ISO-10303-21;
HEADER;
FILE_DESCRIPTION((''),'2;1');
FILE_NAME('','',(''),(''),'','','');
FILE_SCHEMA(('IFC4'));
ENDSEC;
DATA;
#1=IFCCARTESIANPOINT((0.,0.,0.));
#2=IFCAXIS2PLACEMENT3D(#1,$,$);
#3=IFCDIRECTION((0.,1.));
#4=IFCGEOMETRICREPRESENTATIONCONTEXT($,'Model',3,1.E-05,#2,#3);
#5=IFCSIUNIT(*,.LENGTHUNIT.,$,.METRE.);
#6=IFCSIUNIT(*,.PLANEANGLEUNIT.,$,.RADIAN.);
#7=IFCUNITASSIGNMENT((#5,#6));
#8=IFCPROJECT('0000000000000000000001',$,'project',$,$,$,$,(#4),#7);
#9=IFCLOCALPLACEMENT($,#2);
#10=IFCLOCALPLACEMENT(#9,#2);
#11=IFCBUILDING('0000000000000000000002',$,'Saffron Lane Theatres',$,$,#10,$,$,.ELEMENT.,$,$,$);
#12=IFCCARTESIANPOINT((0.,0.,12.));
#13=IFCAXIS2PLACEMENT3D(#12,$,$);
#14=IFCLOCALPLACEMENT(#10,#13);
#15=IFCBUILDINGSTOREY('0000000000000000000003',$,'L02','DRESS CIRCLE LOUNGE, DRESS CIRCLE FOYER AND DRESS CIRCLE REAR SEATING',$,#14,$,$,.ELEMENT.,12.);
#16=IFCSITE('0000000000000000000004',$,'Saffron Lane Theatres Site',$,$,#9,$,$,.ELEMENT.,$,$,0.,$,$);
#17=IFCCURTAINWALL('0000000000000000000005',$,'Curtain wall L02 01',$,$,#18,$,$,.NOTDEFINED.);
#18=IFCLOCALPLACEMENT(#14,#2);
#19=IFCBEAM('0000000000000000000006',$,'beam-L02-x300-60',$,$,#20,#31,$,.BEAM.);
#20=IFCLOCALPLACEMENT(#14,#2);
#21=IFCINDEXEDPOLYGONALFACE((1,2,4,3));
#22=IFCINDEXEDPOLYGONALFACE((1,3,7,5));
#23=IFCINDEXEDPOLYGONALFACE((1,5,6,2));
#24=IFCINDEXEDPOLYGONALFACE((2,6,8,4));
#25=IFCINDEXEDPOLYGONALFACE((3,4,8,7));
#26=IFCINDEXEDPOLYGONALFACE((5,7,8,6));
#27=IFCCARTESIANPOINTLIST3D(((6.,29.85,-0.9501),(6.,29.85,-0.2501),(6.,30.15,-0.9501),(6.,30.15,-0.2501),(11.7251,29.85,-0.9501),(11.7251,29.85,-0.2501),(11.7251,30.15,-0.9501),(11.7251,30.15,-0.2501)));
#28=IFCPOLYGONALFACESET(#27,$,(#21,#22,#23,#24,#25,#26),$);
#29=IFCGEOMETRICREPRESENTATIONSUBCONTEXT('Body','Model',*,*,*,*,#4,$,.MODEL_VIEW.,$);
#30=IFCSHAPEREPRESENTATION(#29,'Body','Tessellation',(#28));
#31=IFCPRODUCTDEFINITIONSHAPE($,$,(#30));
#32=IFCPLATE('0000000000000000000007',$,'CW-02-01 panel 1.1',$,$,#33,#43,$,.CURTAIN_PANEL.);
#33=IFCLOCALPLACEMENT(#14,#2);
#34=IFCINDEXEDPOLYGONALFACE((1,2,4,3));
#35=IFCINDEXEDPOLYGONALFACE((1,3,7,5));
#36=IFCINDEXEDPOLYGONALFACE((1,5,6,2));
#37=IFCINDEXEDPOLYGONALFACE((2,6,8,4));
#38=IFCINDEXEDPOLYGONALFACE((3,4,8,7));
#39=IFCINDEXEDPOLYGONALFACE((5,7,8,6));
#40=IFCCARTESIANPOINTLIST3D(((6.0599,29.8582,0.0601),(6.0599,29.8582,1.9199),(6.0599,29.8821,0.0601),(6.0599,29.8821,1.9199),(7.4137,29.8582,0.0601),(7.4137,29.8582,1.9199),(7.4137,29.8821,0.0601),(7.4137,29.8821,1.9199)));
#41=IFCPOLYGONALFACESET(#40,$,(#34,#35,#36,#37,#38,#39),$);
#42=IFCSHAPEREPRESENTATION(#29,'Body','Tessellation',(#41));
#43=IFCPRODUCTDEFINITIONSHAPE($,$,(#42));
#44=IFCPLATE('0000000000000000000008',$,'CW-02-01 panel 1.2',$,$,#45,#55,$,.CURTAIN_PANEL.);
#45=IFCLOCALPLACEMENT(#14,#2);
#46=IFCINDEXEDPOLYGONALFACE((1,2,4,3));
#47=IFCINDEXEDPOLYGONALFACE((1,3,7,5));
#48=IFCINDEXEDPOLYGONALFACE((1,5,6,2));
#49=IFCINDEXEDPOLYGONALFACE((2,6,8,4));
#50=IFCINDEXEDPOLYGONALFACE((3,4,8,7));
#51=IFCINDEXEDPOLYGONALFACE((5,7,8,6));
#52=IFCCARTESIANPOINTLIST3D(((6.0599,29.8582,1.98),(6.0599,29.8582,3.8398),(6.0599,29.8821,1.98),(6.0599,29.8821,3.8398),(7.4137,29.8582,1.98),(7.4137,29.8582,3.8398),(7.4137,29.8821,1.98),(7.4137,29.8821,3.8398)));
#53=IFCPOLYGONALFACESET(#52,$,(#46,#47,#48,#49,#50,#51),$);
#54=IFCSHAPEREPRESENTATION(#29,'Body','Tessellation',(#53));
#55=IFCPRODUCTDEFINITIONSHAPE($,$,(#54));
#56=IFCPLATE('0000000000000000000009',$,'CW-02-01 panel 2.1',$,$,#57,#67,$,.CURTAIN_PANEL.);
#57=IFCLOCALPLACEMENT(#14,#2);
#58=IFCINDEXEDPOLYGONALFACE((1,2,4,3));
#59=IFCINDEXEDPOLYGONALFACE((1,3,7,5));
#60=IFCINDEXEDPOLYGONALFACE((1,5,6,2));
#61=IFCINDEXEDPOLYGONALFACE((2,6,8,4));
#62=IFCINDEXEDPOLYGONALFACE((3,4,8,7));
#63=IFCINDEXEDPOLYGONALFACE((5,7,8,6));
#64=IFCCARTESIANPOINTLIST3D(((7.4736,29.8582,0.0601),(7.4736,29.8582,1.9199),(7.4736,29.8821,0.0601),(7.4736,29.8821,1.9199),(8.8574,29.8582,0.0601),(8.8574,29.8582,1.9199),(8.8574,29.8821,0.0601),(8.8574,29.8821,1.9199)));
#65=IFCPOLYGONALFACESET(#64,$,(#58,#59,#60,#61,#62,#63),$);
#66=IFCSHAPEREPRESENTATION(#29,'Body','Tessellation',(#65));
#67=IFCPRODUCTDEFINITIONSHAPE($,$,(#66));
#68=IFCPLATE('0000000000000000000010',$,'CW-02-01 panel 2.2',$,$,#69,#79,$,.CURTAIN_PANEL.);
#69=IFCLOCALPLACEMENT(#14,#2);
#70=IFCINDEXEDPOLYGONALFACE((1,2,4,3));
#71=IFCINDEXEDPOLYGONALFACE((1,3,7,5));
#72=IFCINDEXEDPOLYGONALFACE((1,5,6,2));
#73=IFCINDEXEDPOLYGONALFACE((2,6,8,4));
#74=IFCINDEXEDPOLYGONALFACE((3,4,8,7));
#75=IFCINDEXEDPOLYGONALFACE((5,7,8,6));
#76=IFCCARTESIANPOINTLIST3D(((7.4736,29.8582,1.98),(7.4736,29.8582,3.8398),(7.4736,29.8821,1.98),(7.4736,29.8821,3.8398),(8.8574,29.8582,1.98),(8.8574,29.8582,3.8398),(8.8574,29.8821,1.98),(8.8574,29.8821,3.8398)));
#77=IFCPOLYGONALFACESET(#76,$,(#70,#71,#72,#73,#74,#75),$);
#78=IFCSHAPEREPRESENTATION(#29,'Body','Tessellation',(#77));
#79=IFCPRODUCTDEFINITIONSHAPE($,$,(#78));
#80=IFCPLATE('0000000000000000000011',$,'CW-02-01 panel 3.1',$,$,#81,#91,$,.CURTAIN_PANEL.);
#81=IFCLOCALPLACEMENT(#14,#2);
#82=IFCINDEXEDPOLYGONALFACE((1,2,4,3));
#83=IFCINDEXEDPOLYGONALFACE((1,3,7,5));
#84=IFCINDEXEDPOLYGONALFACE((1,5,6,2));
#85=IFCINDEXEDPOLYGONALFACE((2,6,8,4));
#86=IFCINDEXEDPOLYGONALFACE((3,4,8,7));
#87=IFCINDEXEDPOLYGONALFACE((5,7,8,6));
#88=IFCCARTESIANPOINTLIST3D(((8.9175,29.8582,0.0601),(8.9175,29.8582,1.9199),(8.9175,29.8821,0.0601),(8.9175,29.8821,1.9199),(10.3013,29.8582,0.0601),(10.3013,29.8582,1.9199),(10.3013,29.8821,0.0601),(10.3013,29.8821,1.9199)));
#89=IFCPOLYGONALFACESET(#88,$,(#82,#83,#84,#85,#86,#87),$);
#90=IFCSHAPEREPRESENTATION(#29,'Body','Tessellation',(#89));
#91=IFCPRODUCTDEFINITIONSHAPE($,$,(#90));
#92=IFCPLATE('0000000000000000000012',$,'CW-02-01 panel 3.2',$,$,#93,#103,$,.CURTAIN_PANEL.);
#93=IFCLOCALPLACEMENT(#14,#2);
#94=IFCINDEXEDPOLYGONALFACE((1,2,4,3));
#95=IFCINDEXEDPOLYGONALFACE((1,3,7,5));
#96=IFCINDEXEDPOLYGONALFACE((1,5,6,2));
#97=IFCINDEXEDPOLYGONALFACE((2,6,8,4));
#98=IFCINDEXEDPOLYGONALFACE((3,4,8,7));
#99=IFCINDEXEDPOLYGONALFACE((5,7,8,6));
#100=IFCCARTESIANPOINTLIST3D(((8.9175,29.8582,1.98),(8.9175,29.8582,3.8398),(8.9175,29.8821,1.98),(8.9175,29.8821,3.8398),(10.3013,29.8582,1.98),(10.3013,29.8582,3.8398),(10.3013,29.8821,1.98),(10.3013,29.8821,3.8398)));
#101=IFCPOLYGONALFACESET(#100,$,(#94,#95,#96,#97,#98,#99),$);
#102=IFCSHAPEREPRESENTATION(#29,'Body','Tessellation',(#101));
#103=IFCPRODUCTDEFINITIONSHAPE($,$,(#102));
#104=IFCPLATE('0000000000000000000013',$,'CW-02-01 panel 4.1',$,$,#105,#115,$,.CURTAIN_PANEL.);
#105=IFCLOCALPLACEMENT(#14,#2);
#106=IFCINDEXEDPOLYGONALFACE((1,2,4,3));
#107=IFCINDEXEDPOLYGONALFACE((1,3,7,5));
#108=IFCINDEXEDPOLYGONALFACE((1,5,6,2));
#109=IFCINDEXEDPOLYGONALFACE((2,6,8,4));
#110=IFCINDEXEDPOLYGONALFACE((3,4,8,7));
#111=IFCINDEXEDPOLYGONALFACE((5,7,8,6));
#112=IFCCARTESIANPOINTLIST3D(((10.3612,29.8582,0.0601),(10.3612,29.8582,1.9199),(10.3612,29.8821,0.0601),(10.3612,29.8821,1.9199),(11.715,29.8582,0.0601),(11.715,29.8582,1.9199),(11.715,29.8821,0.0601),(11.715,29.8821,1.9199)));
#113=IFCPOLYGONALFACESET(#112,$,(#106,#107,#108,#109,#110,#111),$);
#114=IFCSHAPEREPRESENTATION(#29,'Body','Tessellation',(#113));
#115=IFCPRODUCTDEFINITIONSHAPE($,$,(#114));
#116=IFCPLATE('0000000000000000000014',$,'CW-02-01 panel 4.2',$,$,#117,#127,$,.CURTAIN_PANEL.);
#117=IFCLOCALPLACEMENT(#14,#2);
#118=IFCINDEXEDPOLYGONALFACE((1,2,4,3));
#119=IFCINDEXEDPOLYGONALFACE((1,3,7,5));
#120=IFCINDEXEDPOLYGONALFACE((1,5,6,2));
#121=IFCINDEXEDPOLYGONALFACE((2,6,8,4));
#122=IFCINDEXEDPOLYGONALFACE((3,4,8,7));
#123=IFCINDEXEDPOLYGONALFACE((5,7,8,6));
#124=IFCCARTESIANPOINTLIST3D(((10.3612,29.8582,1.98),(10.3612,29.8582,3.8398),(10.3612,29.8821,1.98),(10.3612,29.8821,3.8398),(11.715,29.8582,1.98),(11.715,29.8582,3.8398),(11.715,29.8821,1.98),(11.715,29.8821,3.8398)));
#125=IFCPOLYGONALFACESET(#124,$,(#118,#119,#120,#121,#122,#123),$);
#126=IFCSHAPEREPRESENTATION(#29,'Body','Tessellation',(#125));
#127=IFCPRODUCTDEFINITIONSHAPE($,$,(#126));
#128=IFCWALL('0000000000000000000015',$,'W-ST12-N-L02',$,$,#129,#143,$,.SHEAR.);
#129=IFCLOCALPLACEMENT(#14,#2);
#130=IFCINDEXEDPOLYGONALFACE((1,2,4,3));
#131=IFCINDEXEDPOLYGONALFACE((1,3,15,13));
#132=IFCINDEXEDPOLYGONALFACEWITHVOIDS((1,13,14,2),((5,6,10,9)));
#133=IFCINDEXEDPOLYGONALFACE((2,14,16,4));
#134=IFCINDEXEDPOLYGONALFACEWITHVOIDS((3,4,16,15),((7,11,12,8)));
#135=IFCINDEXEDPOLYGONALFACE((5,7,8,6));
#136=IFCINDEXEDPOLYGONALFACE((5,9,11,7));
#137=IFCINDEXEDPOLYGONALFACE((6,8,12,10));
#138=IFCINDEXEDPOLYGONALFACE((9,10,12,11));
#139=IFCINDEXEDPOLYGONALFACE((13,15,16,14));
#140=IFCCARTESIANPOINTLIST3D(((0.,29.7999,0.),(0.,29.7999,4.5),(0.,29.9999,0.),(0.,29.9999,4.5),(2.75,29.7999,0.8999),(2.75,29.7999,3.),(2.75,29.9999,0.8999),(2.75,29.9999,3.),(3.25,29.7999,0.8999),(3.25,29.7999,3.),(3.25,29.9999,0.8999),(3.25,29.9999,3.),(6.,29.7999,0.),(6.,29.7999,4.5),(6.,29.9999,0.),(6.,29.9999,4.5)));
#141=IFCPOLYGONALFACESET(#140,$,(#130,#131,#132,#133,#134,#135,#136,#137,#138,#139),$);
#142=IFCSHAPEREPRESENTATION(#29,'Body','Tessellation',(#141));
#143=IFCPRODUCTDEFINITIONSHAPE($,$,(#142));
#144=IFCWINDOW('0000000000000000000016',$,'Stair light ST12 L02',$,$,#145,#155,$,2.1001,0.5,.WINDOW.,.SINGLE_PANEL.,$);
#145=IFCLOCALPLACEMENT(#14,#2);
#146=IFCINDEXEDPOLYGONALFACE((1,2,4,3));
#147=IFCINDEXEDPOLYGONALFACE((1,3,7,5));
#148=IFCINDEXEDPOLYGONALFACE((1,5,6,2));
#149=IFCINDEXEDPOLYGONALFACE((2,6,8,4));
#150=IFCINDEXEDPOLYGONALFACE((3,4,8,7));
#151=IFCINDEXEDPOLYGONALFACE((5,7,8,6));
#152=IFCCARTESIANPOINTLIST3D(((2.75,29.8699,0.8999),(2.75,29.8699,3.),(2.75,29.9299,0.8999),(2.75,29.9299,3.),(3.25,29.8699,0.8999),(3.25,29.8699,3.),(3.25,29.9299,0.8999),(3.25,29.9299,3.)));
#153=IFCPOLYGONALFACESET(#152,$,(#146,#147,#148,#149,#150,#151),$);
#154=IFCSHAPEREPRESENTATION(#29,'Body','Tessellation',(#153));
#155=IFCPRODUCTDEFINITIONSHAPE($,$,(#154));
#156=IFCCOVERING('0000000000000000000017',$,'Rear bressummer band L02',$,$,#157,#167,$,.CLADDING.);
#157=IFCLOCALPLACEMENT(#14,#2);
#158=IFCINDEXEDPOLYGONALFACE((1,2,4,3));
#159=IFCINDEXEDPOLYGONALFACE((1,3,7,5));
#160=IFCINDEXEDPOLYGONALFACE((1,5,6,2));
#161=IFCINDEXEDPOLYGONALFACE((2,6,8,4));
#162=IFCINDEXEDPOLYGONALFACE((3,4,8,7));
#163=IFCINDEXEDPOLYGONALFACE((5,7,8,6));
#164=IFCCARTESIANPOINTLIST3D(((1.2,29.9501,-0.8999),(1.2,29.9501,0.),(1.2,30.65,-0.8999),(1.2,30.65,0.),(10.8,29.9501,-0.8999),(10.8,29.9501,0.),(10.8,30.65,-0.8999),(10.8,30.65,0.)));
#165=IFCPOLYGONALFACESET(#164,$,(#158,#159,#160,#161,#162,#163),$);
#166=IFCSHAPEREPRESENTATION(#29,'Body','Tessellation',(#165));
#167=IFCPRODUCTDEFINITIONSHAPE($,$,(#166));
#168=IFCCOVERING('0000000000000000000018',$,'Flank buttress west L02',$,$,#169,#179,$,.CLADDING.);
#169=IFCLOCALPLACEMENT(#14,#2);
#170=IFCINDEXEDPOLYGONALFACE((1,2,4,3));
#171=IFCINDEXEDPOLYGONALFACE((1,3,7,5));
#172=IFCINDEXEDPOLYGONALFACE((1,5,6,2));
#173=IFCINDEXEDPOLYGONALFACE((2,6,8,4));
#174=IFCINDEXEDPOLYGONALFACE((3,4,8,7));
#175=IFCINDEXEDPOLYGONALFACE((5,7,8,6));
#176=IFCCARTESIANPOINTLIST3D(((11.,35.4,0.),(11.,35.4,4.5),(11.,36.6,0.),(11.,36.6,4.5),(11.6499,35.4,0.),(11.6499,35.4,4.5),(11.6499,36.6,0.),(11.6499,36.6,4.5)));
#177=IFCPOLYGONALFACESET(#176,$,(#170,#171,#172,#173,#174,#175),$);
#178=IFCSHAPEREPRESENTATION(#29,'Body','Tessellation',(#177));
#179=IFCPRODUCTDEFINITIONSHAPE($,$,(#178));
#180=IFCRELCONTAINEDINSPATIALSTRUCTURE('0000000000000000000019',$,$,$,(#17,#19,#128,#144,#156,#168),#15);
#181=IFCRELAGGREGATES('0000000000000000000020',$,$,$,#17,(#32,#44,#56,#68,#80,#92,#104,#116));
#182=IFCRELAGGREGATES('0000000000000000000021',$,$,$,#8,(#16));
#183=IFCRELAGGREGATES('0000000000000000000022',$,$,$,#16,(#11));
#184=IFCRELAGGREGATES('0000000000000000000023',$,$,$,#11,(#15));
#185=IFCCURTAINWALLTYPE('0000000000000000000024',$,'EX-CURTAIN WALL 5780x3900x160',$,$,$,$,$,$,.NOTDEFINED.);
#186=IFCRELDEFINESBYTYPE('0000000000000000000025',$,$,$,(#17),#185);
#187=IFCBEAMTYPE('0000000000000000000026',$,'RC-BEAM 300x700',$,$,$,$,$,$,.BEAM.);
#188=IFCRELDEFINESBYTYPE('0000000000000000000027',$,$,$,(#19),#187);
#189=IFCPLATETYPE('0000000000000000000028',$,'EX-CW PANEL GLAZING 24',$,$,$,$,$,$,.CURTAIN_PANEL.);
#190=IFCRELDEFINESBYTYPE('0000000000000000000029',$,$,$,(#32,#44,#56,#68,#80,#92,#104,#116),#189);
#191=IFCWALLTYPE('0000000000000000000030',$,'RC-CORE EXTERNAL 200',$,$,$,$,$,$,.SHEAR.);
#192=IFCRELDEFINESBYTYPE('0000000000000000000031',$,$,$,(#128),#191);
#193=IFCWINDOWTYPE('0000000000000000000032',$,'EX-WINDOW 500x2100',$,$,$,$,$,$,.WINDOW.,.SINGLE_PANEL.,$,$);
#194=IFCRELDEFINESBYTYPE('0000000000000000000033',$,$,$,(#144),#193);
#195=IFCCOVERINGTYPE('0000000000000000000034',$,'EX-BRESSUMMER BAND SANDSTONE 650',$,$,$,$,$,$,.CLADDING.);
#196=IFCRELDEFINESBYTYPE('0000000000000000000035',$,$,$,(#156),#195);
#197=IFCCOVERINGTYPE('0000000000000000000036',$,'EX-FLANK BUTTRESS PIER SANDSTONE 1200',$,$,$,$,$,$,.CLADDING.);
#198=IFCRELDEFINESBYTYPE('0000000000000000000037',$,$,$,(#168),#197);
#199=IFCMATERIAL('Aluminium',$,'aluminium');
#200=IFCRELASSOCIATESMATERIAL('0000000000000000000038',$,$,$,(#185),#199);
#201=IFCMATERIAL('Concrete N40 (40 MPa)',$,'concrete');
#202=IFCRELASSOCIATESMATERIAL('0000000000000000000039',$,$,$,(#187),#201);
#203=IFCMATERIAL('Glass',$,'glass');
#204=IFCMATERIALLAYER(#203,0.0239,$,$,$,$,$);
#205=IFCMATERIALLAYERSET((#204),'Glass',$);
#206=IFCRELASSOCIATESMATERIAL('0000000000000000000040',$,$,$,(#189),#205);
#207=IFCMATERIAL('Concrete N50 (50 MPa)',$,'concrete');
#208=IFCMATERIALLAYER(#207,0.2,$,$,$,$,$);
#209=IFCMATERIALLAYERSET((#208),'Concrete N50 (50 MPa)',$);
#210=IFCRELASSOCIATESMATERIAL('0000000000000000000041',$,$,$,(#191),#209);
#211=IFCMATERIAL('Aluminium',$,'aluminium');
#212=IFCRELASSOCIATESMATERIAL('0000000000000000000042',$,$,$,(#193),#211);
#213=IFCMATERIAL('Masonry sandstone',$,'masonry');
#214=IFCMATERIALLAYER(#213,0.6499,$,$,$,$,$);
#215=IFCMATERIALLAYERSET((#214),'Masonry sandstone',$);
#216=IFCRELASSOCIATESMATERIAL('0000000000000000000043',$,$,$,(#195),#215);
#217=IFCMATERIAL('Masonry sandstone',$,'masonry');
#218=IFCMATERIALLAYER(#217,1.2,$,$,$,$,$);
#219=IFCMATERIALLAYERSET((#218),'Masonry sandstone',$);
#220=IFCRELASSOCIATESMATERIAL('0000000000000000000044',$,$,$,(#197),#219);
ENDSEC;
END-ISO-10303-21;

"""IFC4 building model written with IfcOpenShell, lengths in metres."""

from ifc_helpers import new_model, si_unit, direction, frame, frame_2d, origin, origin_2d, place, context, subcontext, project, spatial, rectangle, extrude, material, layer, layer_set, material_profile, profile_set, type_object, element, fill, aggregate, save


model = new_model("IFC4")

# Units and contexts
model_context = context("Model", 3, precision=1e-05, world=origin(), true_north=direction((0.0, 1.0)))
body_context = subcontext(model_context, "Body", "Model", "MODEL_VIEW")
ifc_project = project(units=[si_unit("LENGTHUNIT", "METRE"), si_unit("PLANEANGLEUNIT", "RADIAN")], contexts=[model_context])

# Site, building, storey
site_placement = place(None, origin())
site = spatial("IfcSite", under=ifc_project, at=site_placement, Name="Saffron Lane Theatres Site", CompositionType="ELEMENT", RefElevation=0.0)
building_placement = place(site_placement, origin())
building = spatial("IfcBuilding", under=site, at=building_placement, Name="Saffron Lane Theatres", CompositionType="ELEMENT")
storey_placement = place(building_placement, frame((0.0, 0.0, 12.0)))
storey = spatial("IfcBuildingStorey", under=building, at=storey_placement, Name="L02", Description="DRESS CIRCLE LOUNGE, DRESS CIRCLE FOYER AND DRESS CIRCLE REAR SEATING", CompositionType="ELEMENT", Elevation=12.0)

# Curtain wall
ifc_material_1 = material(Name="Aluminium", Category="aluminium")
curtain_wall_type = type_object("IfcCurtainWallType", Name="EX-CURTAIN WALL 5780x3900x160", PredefinedType="NOTDEFINED", material=ifc_material_1)
curtain_wall_placement = place(storey_placement, origin())
curtain_wall = element("IfcCurtainWall", 1, at=curtain_wall_placement, inside=storey, type_object=curtain_wall_type, Name="Curtain wall L02 01", PredefinedType="NOTDEFINED")

# Beam
ifc_material_2 = material(Name="Concrete N40 (40 MPa)", Category="concrete")
ifc_material_profile_1 = material_profile(ifc_material_2, rectangle(XDim=0.3, YDim=0.7, at=origin_2d()))
ifc_profile_set_1 = profile_set([ifc_material_profile_1], Name="Concrete N40 (40 MPa)")
beam_type = type_object("IfcBeamType", Name="RC-BEAM 300x700", PredefinedType="BEAM", material=ifc_profile_set_1)
beam_placement = place(storey_placement, frame((6.0, 30.0, -0.6001), z_axis=(1.0, 0.0, 0.0), x_axis=(0.0, 1.0, 0.0)))
element("IfcBeam", 2, at=beam_placement, inside=storey, type_object=beam_type, Name="beam-L02-x300-60", PredefinedType="BEAM", context=body_context, shape_type="SweptSolid", body=[
    extrude(rectangle(XDim=0.3, YDim=0.7, at=origin_2d()), origin(), (0.0, 0.0, 1.0), 5.7251),
])

# Plates
ifc_material_3 = material(Name="Glass", Category="glass")
ifc_layer_1 = layer(ifc_material_3, 0.0239)
ifc_layer_set_1 = layer_set([ifc_layer_1], Name="Glass")
plate_type = type_object("IfcPlateType", Name="EX-CW PANEL GLAZING 24", PredefinedType="CURTAIN_PANEL", material=ifc_layer_set_1)
plate_1_placement = place(storey_placement, frame((6.7368, 29.8701, 0.0601), z_axis=(0.0, 0.0, 1.0), x_axis=(1.0, 0.0, 0.0)))
plate_1 = element("IfcPlate", 3, at=plate_1_placement, type_object=plate_type, Name="CW-02-01 panel 1.1", PredefinedType="CURTAIN_PANEL", context=body_context, shape_type="SweptSolid", body=[
    extrude(rectangle(XDim=1.3538, YDim=0.0239, at=origin_2d()), origin(), (0.0, 0.0, 1.0), 1.8599),
])
plate_2_placement = place(storey_placement, frame((6.7368, 29.8701, 1.98), z_axis=(0.0, 0.0, 1.0), x_axis=(1.0, 0.0, 0.0)))
plate_2 = element("IfcPlate", 4, at=plate_2_placement, type_object=plate_type, Name="CW-02-01 panel 1.2", PredefinedType="CURTAIN_PANEL", context=body_context, shape_type="SweptSolid", body=[
    extrude(rectangle(XDim=1.3538, YDim=0.0239, at=origin_2d()), origin(), (0.0, 0.0, 1.0), 1.8599),
])
plate_3_placement = place(storey_placement, frame((8.1655, 29.8701, 0.0601), z_axis=(0.0, 0.0, 1.0), x_axis=(1.0, 0.0, 0.0)))
plate_3 = element("IfcPlate", 5, at=plate_3_placement, type_object=plate_type, Name="CW-02-01 panel 2.1", PredefinedType="CURTAIN_PANEL", context=body_context, shape_type="SweptSolid", body=[
    extrude(rectangle(XDim=1.3838, YDim=0.0239, at=origin_2d()), origin(), (0.0, 0.0, 1.0), 1.8599),
])
plate_4_placement = place(storey_placement, frame((8.1655, 29.8701, 1.98), z_axis=(0.0, 0.0, 1.0), x_axis=(1.0, 0.0, 0.0)))
plate_4 = element("IfcPlate", 6, at=plate_4_placement, type_object=plate_type, Name="CW-02-01 panel 2.2", PredefinedType="CURTAIN_PANEL", context=body_context, shape_type="SweptSolid", body=[
    extrude(rectangle(XDim=1.3838, YDim=0.0239, at=origin_2d()), origin(), (0.0, 0.0, 1.0), 1.8599),
])
plate_5_placement = place(storey_placement, frame((9.6094, 29.8701, 0.0601), z_axis=(0.0, 0.0, 1.0), x_axis=(1.0, 0.0, 0.0)))
plate_5 = element("IfcPlate", 7, at=plate_5_placement, type_object=plate_type, Name="CW-02-01 panel 3.1", PredefinedType="CURTAIN_PANEL", context=body_context, shape_type="SweptSolid", body=[
    extrude(rectangle(XDim=1.3838, YDim=0.0239, at=origin_2d()), origin(), (0.0, 0.0, 1.0), 1.8599),
])
plate_6_placement = place(storey_placement, frame((9.6094, 29.8701, 1.98), z_axis=(0.0, 0.0, 1.0), x_axis=(1.0, 0.0, 0.0)))
plate_6 = element("IfcPlate", 8, at=plate_6_placement, type_object=plate_type, Name="CW-02-01 panel 3.2", PredefinedType="CURTAIN_PANEL", context=body_context, shape_type="SweptSolid", body=[
    extrude(rectangle(XDim=1.3838, YDim=0.0239, at=origin_2d()), origin(), (0.0, 0.0, 1.0), 1.8599),
])
plate_7_placement = place(storey_placement, frame((11.0381, 29.8701, 0.0601), z_axis=(0.0, 0.0, 1.0), x_axis=(1.0, 0.0, 0.0)))
plate_7 = element("IfcPlate", 9, at=plate_7_placement, type_object=plate_type, Name="CW-02-01 panel 4.1", PredefinedType="CURTAIN_PANEL", context=body_context, shape_type="SweptSolid", body=[
    extrude(rectangle(XDim=1.3538, YDim=0.0239, at=origin_2d()), origin(), (0.0, 0.0, 1.0), 1.8599),
])
plate_8_placement = place(storey_placement, frame((11.0381, 29.8701, 1.98), z_axis=(0.0, 0.0, 1.0), x_axis=(1.0, 0.0, 0.0)))
plate_8 = element("IfcPlate", 10, at=plate_8_placement, type_object=plate_type, Name="CW-02-01 panel 4.2", PredefinedType="CURTAIN_PANEL", context=body_context, shape_type="SweptSolid", body=[
    extrude(rectangle(XDim=1.3538, YDim=0.0239, at=origin_2d()), origin(), (0.0, 0.0, 1.0), 1.8599),
])
aggregate(curtain_wall, [plate_1, plate_2, plate_3, plate_4, plate_5, plate_6, plate_7, plate_8])

# Wall, opening, window
ifc_material_4 = material(Name="Concrete N50 (50 MPa)", Category="concrete")
ifc_layer_2 = layer(ifc_material_4, 0.2)
ifc_layer_set_2 = layer_set([ifc_layer_2], Name="Concrete N50 (50 MPa)")
wall_type = type_object("IfcWallType", Name="RC-CORE EXTERNAL 200", PredefinedType="SHEAR", material=ifc_layer_set_2)
wall_placement = place(storey_placement, frame((0.0, 29.8999, 0.0), z_axis=(0.0, 0.0, 1.0), x_axis=(1.0, 0.0, 0.0)))
wall = element("IfcWall", 11, at=wall_placement, inside=storey, type_object=wall_type, Name="W-ST12-N-L02", PredefinedType="SHEAR", context=body_context, shape_type="SweptSolid", body=[
    extrude(rectangle(XDim=6.0, YDim=0.2, at=frame_2d((3.0, 0.0))), origin(), (0.0, 0.0, 1.0), 4.5),
])
opening_placement = place(wall_placement, frame((2.75, 0.0, 0.8999)))
opening = element("IfcOpeningElement", 12, at=opening_placement, cuts=wall, PredefinedType="OPENING", context=body_context, shape_type="SweptSolid", body=[
    extrude(rectangle(XDim=0.5, YDim=2.1001, at=frame_2d((0.25, 1.05))), frame((0.0, 0.1099, 0.0), z_axis=(0.0, -1.0, 0.0), x_axis=(1.0, 0.0, 0.0)), (0.0, 0.0, 1.0), 0.22),
])
ifc_material_5 = material(Name="Aluminium", Category="aluminium")
window_type = type_object("IfcWindowType", Name="EX-WINDOW 500x2100", PartitioningType="SINGLE_PANEL", PredefinedType="WINDOW", material=ifc_material_5)
window_placement = place(opening_placement, origin())
window = element("IfcWindow", 13, at=window_placement, inside=storey, type_object=window_type, Name="Stair light ST12 L02", OverallHeight=2.1001, OverallWidth=0.5, PartitioningType="SINGLE_PANEL", PredefinedType="WINDOW", context=body_context, shape_type="SweptSolid", body=[
    extrude(rectangle(XDim=0.5, YDim=2.1001, at=frame_2d((0.25, 1.05))), frame((0.0, 0.03, 0.0), z_axis=(0.0, -1.0, 0.0), x_axis=(1.0, 0.0, 0.0)), (0.0, 0.0, 1.0), 0.0601),
])
fill(opening, window)

# Coverings
ifc_material_6 = material(Name="Masonry sandstone", Category="masonry")
ifc_layer_3 = layer(ifc_material_6, 0.6499)
ifc_layer_set_3 = layer_set([ifc_layer_3], Name="Masonry sandstone")
covering_type_1 = type_object("IfcCoveringType", Name="EX-BRESSUMMER BAND SANDSTONE 650", PredefinedType="CLADDING", material=ifc_layer_set_3)
covering_1_placement = place(storey_placement, frame((6.0, 30.3, -0.8999), z_axis=(0.0, 0.0, 1.0), x_axis=(1.0, 0.0, 0.0)))
element("IfcCovering", 14, at=covering_1_placement, inside=storey, type_object=covering_type_1, Name="Rear bressummer band L02", PredefinedType="CLADDING", context=body_context, shape_type="SweptSolid", body=[
    extrude(rectangle(XDim=9.6001, YDim=0.7, at=origin_2d()), origin(), (0.0, 0.0, 1.0), 0.8999),
])
ifc_material_7 = material(Name="Masonry sandstone", Category="masonry")
ifc_layer_4 = layer(ifc_material_7, 1.2)
ifc_layer_set_4 = layer_set([ifc_layer_4], Name="Masonry sandstone")
covering_type_2 = type_object("IfcCoveringType", Name="EX-FLANK BUTTRESS PIER SANDSTONE 1200", PredefinedType="CLADDING", material=ifc_layer_set_4)
covering_2_placement = place(storey_placement, frame((11.325, 36.0, 0.0), z_axis=(0.0, 0.0, 1.0), x_axis=(0.0, 1.0, 0.0)))
element("IfcCovering", 15, at=covering_2_placement, inside=storey, type_object=covering_type_2, Name="Flank buttress west L02", PredefinedType="CLADDING", context=body_context, shape_type="SweptSolid", body=[
    extrude(rectangle(XDim=1.2, YDim=0.6499, at=origin_2d()), origin(), (0.0, 0.0, 1.0), 4.5),
])

save(model, "model.ifc")
